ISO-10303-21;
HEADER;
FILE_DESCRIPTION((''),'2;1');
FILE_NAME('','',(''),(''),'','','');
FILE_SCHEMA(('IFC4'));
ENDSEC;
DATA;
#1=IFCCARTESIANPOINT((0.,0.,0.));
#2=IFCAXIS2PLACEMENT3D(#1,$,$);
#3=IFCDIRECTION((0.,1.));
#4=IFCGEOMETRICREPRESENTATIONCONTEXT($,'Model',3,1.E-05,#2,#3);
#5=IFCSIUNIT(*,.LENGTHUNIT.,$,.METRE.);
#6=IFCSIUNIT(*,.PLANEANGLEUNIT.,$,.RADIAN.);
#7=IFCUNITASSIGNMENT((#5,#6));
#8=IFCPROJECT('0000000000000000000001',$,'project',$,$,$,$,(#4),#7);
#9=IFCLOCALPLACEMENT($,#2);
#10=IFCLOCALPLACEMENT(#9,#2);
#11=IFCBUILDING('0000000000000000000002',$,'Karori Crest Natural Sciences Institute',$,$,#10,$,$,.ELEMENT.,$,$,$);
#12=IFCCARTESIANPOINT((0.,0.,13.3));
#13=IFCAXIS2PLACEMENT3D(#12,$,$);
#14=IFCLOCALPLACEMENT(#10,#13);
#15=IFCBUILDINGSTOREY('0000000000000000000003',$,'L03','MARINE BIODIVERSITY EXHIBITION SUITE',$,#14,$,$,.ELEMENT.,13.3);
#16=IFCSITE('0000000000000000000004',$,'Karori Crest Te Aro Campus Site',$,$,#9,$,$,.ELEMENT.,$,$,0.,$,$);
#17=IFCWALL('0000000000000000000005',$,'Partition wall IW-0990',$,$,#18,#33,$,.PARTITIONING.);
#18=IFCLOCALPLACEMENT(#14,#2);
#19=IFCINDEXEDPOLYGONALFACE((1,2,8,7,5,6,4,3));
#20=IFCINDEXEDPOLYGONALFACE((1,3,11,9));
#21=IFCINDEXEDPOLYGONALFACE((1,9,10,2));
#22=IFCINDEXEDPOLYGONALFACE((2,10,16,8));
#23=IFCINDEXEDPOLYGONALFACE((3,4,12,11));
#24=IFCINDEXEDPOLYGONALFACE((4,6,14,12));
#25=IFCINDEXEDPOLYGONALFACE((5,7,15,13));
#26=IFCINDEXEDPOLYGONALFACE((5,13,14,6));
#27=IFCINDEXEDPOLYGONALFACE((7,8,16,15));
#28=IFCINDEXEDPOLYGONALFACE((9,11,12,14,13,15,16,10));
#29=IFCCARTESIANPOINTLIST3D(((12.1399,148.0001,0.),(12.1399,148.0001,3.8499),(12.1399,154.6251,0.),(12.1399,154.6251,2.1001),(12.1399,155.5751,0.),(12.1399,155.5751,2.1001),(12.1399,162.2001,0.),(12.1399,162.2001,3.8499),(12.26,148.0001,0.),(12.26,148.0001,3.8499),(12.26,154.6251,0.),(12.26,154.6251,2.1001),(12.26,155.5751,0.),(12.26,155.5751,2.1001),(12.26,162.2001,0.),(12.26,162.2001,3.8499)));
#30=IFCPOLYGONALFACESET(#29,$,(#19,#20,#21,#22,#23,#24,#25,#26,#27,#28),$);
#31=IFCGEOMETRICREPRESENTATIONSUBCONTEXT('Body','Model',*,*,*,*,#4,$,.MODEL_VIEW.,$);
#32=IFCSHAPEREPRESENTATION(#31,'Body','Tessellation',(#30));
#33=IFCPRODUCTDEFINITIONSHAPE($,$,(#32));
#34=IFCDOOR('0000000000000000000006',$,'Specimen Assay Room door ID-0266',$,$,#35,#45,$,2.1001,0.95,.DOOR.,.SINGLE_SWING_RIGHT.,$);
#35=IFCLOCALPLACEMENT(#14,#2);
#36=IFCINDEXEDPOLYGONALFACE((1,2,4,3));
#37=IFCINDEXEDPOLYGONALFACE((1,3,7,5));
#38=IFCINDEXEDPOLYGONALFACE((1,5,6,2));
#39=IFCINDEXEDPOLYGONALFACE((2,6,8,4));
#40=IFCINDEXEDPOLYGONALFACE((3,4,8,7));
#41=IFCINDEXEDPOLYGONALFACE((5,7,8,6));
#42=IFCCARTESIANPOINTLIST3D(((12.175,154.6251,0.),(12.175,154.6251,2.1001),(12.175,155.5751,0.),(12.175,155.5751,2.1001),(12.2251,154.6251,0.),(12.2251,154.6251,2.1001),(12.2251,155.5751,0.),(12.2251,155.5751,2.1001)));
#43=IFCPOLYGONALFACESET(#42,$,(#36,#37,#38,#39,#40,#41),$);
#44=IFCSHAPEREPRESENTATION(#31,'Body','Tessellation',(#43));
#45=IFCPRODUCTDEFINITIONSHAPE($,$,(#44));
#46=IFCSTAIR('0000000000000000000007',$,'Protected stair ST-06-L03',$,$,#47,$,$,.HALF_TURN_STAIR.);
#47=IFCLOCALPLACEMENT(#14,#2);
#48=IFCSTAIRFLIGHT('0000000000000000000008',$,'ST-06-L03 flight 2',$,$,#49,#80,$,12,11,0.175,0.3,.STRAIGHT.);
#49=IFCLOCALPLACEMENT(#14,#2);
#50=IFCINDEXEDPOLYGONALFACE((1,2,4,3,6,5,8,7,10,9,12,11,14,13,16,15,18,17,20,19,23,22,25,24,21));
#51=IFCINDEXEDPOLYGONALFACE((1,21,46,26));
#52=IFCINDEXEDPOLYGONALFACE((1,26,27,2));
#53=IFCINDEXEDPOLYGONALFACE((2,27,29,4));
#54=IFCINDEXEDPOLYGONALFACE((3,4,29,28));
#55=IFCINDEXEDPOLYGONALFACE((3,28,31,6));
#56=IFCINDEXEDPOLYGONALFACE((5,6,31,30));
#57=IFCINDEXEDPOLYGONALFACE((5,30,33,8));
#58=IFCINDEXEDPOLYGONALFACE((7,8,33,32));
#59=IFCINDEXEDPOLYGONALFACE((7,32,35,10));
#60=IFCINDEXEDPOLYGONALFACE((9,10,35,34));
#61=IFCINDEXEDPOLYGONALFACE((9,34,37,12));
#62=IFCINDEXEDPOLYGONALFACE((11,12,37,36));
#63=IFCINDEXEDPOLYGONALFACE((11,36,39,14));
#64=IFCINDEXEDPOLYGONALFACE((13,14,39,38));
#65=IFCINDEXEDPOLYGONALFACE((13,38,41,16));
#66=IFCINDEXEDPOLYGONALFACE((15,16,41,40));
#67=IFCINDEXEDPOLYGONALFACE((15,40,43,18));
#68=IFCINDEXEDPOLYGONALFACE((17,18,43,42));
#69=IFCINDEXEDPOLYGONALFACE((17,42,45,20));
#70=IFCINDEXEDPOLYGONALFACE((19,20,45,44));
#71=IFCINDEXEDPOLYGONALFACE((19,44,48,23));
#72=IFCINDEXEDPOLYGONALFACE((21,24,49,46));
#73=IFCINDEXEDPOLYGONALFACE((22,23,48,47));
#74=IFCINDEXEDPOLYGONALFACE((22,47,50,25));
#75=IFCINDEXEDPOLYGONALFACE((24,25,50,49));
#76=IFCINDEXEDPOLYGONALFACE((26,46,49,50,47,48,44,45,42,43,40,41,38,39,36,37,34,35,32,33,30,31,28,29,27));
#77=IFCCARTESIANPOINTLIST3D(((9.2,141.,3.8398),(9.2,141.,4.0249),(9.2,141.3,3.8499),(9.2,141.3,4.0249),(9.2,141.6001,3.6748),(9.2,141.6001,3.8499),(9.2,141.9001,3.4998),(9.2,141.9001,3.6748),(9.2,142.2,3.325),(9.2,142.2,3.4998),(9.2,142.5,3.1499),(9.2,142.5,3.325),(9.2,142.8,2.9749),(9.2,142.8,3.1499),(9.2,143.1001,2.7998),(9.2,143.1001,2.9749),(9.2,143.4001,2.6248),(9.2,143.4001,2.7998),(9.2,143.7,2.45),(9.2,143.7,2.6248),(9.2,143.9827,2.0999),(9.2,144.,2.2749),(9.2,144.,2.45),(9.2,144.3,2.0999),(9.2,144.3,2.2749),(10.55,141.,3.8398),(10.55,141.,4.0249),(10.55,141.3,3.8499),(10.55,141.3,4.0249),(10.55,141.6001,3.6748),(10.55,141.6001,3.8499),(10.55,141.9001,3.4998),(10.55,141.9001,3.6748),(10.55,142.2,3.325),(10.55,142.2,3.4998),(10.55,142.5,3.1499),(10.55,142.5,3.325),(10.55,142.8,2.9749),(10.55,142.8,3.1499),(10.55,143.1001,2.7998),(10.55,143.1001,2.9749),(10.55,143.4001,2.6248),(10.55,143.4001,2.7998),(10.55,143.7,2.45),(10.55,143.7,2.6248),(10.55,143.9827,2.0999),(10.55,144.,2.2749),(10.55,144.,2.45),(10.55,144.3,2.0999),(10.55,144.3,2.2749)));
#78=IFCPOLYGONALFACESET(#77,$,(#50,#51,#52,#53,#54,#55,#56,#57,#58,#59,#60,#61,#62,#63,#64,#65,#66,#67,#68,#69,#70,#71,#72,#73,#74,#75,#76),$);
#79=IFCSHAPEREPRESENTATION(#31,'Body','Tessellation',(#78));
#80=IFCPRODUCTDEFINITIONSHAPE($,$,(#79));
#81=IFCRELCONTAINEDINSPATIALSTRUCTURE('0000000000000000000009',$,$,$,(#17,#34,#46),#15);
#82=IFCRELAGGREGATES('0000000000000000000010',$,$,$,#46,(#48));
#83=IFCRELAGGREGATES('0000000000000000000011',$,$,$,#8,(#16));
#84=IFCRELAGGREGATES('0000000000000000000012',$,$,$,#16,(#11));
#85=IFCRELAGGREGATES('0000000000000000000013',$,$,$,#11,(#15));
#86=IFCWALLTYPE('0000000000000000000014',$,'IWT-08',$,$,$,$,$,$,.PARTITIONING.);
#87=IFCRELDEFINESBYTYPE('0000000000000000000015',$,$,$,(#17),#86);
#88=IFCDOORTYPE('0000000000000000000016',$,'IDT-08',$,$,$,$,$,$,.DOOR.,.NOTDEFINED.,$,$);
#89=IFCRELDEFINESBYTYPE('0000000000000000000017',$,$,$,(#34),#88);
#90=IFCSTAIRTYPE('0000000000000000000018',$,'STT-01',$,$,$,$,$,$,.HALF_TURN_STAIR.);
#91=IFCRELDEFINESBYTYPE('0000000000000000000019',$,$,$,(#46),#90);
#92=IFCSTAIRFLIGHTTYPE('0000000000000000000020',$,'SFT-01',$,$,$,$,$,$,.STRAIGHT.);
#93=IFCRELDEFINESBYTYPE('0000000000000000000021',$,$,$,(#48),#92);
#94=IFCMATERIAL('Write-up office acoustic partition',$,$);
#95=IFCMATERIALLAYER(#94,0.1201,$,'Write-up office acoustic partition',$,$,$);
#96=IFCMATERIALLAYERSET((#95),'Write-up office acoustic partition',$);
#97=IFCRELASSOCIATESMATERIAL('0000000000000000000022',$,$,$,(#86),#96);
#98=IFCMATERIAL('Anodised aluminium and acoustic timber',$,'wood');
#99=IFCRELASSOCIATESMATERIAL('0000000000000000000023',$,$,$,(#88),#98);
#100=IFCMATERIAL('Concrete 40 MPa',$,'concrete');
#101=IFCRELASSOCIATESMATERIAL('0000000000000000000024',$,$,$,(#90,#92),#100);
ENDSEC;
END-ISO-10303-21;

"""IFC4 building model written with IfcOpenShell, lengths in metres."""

from ifc_helpers import new_model, si_unit, direction, frame, frame_2d, origin, place, context, subcontext, project, spatial, polyline, rectangle, outline, extrude, material, layer, layer_set, type_object, element, fill, aggregate, save


model = new_model("IFC4")

# Units and contexts
model_context = context("Model", 3, precision=1e-05, world=origin(), true_north=direction((0.0, 1.0)))
body_context = subcontext(model_context, "Body", "Model", "MODEL_VIEW")
ifc_project = project(units=[si_unit("LENGTHUNIT", "METRE"), si_unit("PLANEANGLEUNIT", "RADIAN")], contexts=[model_context])

# Site, building, storey
site_placement = place(None, origin())
site = spatial("IfcSite", under=ifc_project, at=site_placement, Name="Karori Crest Te Aro Campus Site", CompositionType="ELEMENT", RefElevation=0.0)
building_placement = place(site_placement, origin())
building = spatial("IfcBuilding", under=site, at=building_placement, Name="Karori Crest Natural Sciences Institute", CompositionType="ELEMENT")
storey_placement = place(building_placement, frame((0.0, 0.0, 13.3)))
storey = spatial("IfcBuildingStorey", under=building, at=storey_placement, Name="L03", Description="MARINE BIODIVERSITY EXHIBITION SUITE", CompositionType="ELEMENT", Elevation=13.3)

# Shared definitions
ifc_material_1 = material(Name="Write-up office acoustic partition")
ifc_layer_1 = layer(ifc_material_1, 0.1201, Name="Write-up office acoustic partition")
ifc_layer_set_1 = layer_set([ifc_layer_1], Name="Write-up office acoustic partition")
wall_type_1 = type_object("IfcWallType", Name="IWT-08", PredefinedType="PARTITIONING", material=ifc_layer_set_1)

# Wall, opening, door
wall_1_placement = place(storey_placement, frame((12.2, 148.0, 0.0), z_axis=(0.0, 0.0, 1.0), x_axis=(0.0, 1.0, 0.0)))
wall_1 = element("IfcWall", 1, at=wall_1_placement, inside=storey, type_object=wall_type_1, Name="Partition wall IW-0990", PredefinedType="PARTITIONING", context=body_context, shape_type="SweptSolid", body=[
    extrude(rectangle(XDim=14.2, YDim=0.1201, at=frame_2d((7.1001, 0.0))), origin(), (0.0, 0.0, 1.0), 3.8499),
])
opening_placement = place(wall_1_placement, frame((6.625, 0.0, 0.0)))
opening = element("IfcOpeningElement", 2, at=opening_placement, cuts=wall_1, PredefinedType="OPENING", context=body_context, shape_type="SweptSolid", body=[
    extrude(rectangle(XDim=0.95, YDim=2.1001, at=frame_2d((0.4751, 1.05))), frame((0.0, 0.0701, 0.0), z_axis=(0.0, -1.0, 0.0), x_axis=(1.0, 0.0, 0.0)), (0.0, 0.0, 1.0), 0.1401),
])
ifc_material_2 = material(Name="Anodised aluminium and acoustic timber", Category="wood")
door_type = type_object("IfcDoorType", Name="IDT-08", OperationType="NOTDEFINED", PredefinedType="DOOR", material=ifc_material_2)
door_placement = place(opening_placement, origin())
door = element("IfcDoor", 3, at=door_placement, inside=storey, type_object=door_type, Name="Specimen Assay Room door ID-0266", OperationType="SINGLE_SWING_RIGHT", OverallHeight=2.1001, OverallWidth=0.95, PredefinedType="DOOR", context=body_context, shape_type="SweptSolid", body=[
    extrude(rectangle(XDim=0.95, YDim=2.1001, at=frame_2d((0.4751, 1.05))), frame((0.0, 0.0249, 0.0), z_axis=(0.0, -1.0, 0.0), x_axis=(1.0, 0.0, 0.0)), (0.0, 0.0, 1.0), 0.05),
])
fill(opening, door)

# Stair, stair flight
ifc_material_3 = material(Name="Concrete 40 MPa", Category="concrete")
stair_type = type_object("IfcStairType", Name="STT-01", PredefinedType="HALF_TURN_STAIR", material=ifc_material_3)
stair_placement = place(storey_placement, origin())
stair = element("IfcStair", 4, at=stair_placement, inside=storey, type_object=stair_type, Name="Protected stair ST-06-L03", PredefinedType="HALF_TURN_STAIR")
stair_flight_type = type_object("IfcStairFlightType", Name="SFT-01", PredefinedType="STRAIGHT", material=ifc_material_3)
stair_flight_placement = place(storey_placement, frame((9.875, 144.3, 2.0999), z_axis=(0.0, 0.0, 1.0), x_axis=(0.0, -1.0, 0.0)))
stair_flight = element("IfcStairFlight", 5, at=stair_flight_placement, type_object=stair_flight_type, Name="ST-06-L03 flight 2", NumberOfRisers=12, NumberOfTreads=11, PredefinedType="STRAIGHT", RiserHeight=0.175, TreadLength=0.3, context=body_context, shape_type="SweptSolid", body=[
    extrude(outline(polyline([(0.0, 0.0), (0.0, 0.175), (0.3, 0.175), (0.3, 0.3501), (0.6001, 0.3501), (0.6001, 0.5249), (0.8999, 0.5249), (0.8999, 0.7), (1.2, 0.7), (1.2, 0.875), (1.5, 0.875), (1.5, 1.05), (1.8, 1.05), (1.8, 1.2251), (2.1001, 1.2251), (2.1001, 1.3999), (2.3999, 1.3999), (2.3999, 1.575), (2.7, 1.575), (2.7, 1.75), (3.0, 1.75), (3.0, 1.925), (3.3, 1.925), (3.3, 2.1001), (3.3, 1.74), (0.3174, 0.0), (0.0, 0.0)])), frame((0.0, 0.675, 0.0), z_axis=(0.0, -1.0, 0.0), x_axis=(1.0, 0.0, 0.0)), (0.0, 0.0, 1.0), 1.3501),
])
aggregate(stair, [stair_flight])

save(model, "model.ifc")
